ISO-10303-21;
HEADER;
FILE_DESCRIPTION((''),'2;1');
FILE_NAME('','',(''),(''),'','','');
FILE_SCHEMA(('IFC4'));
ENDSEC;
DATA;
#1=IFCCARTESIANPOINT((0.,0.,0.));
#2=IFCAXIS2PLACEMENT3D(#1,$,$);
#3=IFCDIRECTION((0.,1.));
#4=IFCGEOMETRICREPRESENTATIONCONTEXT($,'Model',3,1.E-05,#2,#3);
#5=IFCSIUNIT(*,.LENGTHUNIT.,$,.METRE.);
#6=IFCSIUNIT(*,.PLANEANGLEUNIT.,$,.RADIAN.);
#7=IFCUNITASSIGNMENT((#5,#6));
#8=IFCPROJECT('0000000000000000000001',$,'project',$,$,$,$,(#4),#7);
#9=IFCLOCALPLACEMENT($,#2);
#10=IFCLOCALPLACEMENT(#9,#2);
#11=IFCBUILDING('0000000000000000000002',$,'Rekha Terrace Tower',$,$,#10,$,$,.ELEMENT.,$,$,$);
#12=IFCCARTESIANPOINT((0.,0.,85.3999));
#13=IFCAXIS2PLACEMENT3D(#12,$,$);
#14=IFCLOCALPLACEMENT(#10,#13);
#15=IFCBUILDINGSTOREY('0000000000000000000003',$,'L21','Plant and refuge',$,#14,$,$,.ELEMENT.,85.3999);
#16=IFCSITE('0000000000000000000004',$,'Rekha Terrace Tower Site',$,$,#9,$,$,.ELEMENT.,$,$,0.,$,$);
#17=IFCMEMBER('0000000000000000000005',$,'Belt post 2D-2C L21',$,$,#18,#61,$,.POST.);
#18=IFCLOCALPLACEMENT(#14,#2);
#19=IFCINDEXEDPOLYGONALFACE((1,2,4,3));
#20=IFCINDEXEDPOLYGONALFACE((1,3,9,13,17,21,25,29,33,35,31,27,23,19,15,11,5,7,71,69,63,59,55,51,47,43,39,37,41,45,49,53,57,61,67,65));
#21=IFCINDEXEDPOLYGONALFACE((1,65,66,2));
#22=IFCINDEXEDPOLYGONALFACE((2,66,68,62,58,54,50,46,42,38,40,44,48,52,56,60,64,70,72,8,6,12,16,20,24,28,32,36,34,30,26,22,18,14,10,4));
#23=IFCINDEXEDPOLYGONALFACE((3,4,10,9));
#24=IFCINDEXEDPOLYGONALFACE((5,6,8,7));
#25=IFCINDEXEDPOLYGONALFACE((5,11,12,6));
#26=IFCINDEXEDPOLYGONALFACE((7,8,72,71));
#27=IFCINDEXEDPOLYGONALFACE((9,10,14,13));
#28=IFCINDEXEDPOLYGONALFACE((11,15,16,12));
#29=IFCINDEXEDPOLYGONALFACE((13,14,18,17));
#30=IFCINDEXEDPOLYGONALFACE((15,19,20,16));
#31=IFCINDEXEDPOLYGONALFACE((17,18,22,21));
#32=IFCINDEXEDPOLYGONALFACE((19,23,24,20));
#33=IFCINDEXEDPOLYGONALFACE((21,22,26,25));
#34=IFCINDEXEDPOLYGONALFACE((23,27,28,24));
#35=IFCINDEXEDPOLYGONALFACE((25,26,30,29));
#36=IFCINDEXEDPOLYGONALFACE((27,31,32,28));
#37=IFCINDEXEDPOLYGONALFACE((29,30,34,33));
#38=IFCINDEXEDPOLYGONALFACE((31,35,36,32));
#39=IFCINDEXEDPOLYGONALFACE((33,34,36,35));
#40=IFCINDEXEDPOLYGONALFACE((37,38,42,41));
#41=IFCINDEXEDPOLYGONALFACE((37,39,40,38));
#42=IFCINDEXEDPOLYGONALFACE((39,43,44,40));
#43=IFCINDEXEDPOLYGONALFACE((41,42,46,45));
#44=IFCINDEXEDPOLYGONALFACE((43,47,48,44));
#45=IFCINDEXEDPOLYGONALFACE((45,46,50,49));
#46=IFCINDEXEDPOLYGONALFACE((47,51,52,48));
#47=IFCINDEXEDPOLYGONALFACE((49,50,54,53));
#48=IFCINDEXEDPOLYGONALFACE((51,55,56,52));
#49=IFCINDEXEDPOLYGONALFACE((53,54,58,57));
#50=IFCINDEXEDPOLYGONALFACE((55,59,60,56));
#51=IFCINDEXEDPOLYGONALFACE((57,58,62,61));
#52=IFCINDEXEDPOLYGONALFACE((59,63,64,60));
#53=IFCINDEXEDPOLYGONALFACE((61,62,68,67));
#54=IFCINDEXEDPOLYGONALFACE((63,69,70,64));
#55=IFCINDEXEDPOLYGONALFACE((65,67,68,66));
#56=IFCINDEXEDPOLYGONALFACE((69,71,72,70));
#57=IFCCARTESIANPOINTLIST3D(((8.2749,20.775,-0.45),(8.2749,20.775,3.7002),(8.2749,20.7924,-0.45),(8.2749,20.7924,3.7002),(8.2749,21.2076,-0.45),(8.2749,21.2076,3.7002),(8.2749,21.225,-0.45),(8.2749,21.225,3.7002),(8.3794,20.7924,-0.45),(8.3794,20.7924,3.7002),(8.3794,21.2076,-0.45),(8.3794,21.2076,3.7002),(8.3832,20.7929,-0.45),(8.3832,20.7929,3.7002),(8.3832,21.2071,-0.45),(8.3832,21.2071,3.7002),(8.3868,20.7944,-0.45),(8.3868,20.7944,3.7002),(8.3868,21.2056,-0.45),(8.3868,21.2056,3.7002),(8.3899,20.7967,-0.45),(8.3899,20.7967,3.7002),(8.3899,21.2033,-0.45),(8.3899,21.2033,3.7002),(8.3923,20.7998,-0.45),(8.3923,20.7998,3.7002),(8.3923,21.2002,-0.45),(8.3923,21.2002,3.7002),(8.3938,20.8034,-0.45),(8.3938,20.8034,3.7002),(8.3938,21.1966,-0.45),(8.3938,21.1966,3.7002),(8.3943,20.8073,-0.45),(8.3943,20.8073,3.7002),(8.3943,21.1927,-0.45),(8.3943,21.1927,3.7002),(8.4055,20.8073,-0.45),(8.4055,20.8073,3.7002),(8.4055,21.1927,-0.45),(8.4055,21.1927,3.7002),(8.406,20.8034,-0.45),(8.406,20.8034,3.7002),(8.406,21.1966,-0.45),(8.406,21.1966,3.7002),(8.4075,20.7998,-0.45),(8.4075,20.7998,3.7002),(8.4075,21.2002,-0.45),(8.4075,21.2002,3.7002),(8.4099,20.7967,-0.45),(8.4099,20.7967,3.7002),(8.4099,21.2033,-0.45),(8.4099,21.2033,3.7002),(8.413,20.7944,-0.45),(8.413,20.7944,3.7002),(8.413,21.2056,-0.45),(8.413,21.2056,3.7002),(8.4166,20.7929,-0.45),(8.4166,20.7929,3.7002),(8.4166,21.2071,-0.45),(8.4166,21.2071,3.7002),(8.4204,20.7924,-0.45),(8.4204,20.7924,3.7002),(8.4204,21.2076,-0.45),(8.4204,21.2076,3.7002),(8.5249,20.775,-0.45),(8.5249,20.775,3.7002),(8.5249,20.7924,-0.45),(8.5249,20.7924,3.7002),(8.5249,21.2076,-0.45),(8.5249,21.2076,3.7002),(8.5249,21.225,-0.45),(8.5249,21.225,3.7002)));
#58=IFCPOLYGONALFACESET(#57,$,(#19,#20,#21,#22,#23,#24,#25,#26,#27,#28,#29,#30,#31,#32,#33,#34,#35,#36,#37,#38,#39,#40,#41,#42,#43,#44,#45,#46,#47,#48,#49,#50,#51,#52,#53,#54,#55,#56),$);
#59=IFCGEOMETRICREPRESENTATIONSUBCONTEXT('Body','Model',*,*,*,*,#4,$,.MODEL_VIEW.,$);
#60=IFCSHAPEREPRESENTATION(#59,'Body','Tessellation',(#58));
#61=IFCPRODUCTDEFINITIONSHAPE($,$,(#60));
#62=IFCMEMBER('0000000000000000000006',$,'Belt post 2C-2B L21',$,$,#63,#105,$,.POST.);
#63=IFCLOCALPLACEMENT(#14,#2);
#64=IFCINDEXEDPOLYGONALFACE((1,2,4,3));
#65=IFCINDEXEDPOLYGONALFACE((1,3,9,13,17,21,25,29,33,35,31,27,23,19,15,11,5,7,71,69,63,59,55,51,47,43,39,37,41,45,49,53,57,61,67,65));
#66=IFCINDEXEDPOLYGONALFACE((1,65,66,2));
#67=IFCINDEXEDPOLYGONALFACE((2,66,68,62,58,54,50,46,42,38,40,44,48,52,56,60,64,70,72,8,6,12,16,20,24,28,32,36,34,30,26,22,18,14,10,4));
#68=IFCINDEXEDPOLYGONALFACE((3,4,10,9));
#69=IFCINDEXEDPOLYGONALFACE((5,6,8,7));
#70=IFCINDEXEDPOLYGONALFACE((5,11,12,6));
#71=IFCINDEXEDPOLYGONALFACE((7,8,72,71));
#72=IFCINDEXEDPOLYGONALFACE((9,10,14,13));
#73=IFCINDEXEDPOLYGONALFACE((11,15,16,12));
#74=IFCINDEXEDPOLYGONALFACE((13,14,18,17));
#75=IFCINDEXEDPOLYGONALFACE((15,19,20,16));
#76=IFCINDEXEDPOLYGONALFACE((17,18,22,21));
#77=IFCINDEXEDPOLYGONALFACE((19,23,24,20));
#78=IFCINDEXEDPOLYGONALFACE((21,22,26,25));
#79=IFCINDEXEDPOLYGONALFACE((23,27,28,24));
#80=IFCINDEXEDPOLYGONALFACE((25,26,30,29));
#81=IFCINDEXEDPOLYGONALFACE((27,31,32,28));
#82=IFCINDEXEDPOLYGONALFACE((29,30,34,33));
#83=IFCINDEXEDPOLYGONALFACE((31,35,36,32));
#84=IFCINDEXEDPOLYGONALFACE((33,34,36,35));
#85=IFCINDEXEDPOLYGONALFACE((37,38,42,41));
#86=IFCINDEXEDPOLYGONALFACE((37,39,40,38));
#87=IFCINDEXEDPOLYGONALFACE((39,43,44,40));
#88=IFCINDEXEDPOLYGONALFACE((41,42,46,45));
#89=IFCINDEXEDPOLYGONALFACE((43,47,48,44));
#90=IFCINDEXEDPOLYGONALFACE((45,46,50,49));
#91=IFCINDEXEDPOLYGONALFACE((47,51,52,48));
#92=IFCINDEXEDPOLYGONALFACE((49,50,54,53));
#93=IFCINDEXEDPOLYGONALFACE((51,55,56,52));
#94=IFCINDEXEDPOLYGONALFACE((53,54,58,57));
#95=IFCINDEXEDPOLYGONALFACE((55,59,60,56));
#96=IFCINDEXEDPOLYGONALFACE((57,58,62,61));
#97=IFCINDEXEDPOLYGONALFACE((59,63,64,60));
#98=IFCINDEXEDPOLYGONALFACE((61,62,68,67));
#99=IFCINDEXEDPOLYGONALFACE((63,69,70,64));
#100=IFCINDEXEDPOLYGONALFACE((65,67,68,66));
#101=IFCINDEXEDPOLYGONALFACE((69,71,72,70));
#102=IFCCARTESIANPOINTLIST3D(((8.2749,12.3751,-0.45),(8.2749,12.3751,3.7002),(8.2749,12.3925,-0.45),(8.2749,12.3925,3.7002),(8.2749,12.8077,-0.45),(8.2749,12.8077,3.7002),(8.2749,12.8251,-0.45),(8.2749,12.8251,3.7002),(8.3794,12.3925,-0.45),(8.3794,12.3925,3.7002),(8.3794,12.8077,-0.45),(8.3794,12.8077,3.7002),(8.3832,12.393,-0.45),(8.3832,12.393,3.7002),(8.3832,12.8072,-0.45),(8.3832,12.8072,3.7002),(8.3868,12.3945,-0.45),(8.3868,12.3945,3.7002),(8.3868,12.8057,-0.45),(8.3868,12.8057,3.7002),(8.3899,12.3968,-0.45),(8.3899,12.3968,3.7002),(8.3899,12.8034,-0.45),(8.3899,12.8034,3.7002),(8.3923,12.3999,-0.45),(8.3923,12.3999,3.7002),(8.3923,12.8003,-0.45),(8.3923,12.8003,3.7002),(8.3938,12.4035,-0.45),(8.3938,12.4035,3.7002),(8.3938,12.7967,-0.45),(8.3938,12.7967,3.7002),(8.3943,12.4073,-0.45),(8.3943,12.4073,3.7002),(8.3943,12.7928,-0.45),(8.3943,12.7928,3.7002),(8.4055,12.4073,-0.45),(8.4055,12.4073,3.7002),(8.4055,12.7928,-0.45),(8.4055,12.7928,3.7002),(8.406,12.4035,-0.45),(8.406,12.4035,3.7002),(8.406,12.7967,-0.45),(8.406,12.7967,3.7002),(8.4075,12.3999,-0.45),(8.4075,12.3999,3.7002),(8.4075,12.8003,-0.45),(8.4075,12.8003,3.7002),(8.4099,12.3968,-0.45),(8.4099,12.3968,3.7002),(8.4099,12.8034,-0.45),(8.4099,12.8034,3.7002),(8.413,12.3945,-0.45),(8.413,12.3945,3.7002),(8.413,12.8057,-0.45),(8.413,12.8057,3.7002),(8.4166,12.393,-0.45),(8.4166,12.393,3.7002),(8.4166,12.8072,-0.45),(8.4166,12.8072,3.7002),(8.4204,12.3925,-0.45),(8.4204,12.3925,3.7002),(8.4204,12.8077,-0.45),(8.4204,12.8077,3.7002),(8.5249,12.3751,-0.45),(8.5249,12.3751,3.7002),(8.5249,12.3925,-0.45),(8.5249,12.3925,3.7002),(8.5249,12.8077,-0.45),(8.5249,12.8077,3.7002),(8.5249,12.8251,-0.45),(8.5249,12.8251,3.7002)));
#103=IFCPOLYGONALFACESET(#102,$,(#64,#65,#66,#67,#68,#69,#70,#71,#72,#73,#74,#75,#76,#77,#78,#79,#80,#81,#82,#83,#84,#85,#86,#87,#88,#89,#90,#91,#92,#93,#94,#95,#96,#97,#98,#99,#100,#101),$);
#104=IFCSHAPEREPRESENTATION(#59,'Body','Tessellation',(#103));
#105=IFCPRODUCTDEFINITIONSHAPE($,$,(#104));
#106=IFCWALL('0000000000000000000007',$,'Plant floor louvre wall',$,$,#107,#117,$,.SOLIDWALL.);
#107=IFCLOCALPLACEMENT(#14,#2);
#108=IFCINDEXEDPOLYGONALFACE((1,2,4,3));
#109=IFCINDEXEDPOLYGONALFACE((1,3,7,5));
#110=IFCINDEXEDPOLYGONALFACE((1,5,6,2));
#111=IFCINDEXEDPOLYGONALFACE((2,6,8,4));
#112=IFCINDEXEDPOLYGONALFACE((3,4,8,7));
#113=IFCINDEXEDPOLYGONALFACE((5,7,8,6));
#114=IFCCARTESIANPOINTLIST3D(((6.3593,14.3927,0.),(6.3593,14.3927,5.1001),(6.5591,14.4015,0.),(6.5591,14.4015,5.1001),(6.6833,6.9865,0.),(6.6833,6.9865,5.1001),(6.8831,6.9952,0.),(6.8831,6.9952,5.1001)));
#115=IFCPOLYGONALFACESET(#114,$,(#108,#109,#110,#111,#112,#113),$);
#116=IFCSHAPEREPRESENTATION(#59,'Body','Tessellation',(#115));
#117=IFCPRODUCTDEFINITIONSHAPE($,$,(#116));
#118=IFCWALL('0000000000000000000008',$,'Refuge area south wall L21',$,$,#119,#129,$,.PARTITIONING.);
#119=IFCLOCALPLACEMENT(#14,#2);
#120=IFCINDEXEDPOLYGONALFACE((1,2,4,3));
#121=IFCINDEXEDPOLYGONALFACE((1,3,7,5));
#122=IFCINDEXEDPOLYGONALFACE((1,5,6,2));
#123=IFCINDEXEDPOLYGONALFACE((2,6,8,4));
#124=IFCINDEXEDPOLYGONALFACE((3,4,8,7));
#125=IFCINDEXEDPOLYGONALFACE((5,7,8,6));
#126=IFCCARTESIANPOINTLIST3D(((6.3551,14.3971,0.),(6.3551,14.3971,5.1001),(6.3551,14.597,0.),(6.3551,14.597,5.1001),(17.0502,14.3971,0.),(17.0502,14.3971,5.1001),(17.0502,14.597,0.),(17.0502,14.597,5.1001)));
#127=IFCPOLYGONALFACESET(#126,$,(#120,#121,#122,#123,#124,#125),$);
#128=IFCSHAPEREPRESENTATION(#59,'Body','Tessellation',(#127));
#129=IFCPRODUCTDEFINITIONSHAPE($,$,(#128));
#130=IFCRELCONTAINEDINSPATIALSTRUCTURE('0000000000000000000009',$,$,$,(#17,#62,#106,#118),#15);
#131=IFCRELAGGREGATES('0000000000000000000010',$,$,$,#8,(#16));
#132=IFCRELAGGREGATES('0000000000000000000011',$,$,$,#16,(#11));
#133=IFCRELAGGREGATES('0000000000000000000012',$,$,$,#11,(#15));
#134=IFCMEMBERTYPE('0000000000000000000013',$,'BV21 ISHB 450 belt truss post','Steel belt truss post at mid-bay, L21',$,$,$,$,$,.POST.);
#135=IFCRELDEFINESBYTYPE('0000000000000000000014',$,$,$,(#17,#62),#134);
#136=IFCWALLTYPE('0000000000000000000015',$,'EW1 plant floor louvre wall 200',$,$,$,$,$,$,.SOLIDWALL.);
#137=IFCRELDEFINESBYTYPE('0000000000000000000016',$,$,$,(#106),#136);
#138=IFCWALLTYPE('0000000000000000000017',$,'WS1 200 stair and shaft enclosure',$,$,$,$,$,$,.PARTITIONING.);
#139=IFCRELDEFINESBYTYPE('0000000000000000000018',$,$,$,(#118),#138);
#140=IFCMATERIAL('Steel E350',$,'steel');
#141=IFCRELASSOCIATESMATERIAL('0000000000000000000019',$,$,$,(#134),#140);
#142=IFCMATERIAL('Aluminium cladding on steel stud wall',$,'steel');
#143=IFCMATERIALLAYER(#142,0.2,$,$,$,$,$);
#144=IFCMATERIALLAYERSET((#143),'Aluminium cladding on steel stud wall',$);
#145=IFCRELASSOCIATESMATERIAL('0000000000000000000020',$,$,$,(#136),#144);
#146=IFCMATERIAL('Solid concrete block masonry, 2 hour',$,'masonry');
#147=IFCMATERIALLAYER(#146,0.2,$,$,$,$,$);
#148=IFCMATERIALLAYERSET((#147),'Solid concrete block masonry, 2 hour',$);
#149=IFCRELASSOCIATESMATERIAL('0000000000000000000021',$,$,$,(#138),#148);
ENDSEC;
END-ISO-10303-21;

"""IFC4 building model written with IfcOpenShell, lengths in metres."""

from ifc_helpers import new_model, si_unit, direction, frame, frame_2d, origin, origin_2d, place, context, subcontext, project, spatial, rectangle, i_section, extrude, material, layer, layer_set, material_profile, profile_set, type_object, element, save


model = new_model("IFC4")

# Units and contexts
model_context = context("Model", 3, precision=1e-05, world=origin(), true_north=direction((0.0, 1.0)))
body_context = subcontext(model_context, "Body", "Model", "MODEL_VIEW")
ifc_project = project(units=[si_unit("LENGTHUNIT", "METRE"), si_unit("PLANEANGLEUNIT", "RADIAN")], contexts=[model_context])

# Site, building, storey
site_placement = place(None, origin())
site = spatial("IfcSite", under=ifc_project, at=site_placement, Name="Rekha Terrace Tower Site", CompositionType="ELEMENT", RefElevation=0.0)
building_placement = place(site_placement, origin())
building = spatial("IfcBuilding", under=site, at=building_placement, Name="Rekha Terrace Tower", CompositionType="ELEMENT")
storey_placement = place(building_placement, frame((0.0, 0.0, 85.3999)))
storey = spatial("IfcBuildingStorey", under=building, at=storey_placement, Name="L21", Description="Plant and refuge", CompositionType="ELEMENT", Elevation=85.3999)

# Members
ifc_material_1 = material(Name="Steel E350", Category="steel")
ifc_material_profile_1 = material_profile(ifc_material_1, i_section(OverallWidth=0.25, OverallDepth=0.45, WebThickness=0.0112, FlangeThickness=0.0173, FilletRadius=0.0149, at=origin_2d()), Name="ISHB 450")
ifc_profile_set_1 = profile_set([ifc_material_profile_1], Name="Steel E350")
member_type_1 = type_object("IfcMemberType", Name="BV21 ISHB 450 belt truss post", Description="Steel belt truss post at mid-bay, L21", PredefinedType="POST", material=ifc_profile_set_1)
for number, where, z_axis, x_axis, name in (
    (1, (8.3999, 21.0, -0.45), (0.0, 0.0, 1.0), (1.0, 0.0, 0.0), "Belt post 2D-2C L21"),
    (2, (8.3999, 12.6001, -0.45), (0.0, 0.0, 1.0), (1.0, 0.0, 0.0), "Belt post 2C-2B L21"),
):
    element("IfcMember", number, at=place(storey_placement, frame(where, z_axis=z_axis, x_axis=x_axis)), inside=storey, type_object=member_type_1, Name=name, PredefinedType="POST", context=body_context, shape_type="SweptSolid", body=[
        extrude(i_section(OverallWidth=0.25, OverallDepth=0.45, WebThickness=0.0112, FlangeThickness=0.0173, FilletRadius=0.0149, at=origin_2d()), origin(), (0.0, 0.0, 1.0), 4.1501),
    ])

# Walls
ifc_material_2 = material(Name="Aluminium cladding on steel stud wall", Category="steel")
ifc_layer_1 = layer(ifc_material_2, 0.2)
ifc_layer_set_1 = layer_set([ifc_layer_1], Name="Aluminium cladding on steel stud wall")
wall_type_1 = type_object("IfcWallType", Name="EW1 plant floor louvre wall 200", PredefinedType="SOLIDWALL", material=ifc_layer_set_1)
wall_1_placement = place(storey_placement, frame((6.4592, 14.397, 0.0), z_axis=(0.0, 0.0, 1.0), x_axis=(0.043702, -0.999045, 0.0)))
element("IfcWall", 3, at=wall_1_placement, inside=storey, type_object=wall_type_1, Name="Plant floor louvre wall", PredefinedType="SOLIDWALL", context=body_context, shape_type="SweptSolid", body=[
    extrude(rectangle(XDim=7.4133, YDim=0.2, at=frame_2d((3.7065, 0.0))), origin(), (0.0, 0.0, 1.0), 5.1001),
])
ifc_material_3 = material(Name="Solid concrete block masonry, 2 hour", Category="masonry")
ifc_layer_2 = layer(ifc_material_3, 0.2)
ifc_layer_set_2 = layer_set([ifc_layer_2], Name="Solid concrete block masonry, 2 hour")
wall_type_2 = type_object("IfcWallType", Name="WS1 200 stair and shaft enclosure", PredefinedType="PARTITIONING", material=ifc_layer_set_2)
wall_2_placement = place(storey_placement, frame((6.355, 14.4971, 0.0), z_axis=(0.0, 0.0, 1.0), x_axis=(1.0, 0.0, 0.0)))
element("IfcWall", 4, at=wall_2_placement, inside=storey, type_object=wall_type_2, Name="Refuge area south wall L21", PredefinedType="PARTITIONING", context=body_context, shape_type="SweptSolid", body=[
    extrude(rectangle(XDim=10.6951, YDim=0.2, at=frame_2d((5.3477, 0.0))), origin(), (0.0, 0.0, 1.0), 5.1001),
])

save(model, "model.ifc")
